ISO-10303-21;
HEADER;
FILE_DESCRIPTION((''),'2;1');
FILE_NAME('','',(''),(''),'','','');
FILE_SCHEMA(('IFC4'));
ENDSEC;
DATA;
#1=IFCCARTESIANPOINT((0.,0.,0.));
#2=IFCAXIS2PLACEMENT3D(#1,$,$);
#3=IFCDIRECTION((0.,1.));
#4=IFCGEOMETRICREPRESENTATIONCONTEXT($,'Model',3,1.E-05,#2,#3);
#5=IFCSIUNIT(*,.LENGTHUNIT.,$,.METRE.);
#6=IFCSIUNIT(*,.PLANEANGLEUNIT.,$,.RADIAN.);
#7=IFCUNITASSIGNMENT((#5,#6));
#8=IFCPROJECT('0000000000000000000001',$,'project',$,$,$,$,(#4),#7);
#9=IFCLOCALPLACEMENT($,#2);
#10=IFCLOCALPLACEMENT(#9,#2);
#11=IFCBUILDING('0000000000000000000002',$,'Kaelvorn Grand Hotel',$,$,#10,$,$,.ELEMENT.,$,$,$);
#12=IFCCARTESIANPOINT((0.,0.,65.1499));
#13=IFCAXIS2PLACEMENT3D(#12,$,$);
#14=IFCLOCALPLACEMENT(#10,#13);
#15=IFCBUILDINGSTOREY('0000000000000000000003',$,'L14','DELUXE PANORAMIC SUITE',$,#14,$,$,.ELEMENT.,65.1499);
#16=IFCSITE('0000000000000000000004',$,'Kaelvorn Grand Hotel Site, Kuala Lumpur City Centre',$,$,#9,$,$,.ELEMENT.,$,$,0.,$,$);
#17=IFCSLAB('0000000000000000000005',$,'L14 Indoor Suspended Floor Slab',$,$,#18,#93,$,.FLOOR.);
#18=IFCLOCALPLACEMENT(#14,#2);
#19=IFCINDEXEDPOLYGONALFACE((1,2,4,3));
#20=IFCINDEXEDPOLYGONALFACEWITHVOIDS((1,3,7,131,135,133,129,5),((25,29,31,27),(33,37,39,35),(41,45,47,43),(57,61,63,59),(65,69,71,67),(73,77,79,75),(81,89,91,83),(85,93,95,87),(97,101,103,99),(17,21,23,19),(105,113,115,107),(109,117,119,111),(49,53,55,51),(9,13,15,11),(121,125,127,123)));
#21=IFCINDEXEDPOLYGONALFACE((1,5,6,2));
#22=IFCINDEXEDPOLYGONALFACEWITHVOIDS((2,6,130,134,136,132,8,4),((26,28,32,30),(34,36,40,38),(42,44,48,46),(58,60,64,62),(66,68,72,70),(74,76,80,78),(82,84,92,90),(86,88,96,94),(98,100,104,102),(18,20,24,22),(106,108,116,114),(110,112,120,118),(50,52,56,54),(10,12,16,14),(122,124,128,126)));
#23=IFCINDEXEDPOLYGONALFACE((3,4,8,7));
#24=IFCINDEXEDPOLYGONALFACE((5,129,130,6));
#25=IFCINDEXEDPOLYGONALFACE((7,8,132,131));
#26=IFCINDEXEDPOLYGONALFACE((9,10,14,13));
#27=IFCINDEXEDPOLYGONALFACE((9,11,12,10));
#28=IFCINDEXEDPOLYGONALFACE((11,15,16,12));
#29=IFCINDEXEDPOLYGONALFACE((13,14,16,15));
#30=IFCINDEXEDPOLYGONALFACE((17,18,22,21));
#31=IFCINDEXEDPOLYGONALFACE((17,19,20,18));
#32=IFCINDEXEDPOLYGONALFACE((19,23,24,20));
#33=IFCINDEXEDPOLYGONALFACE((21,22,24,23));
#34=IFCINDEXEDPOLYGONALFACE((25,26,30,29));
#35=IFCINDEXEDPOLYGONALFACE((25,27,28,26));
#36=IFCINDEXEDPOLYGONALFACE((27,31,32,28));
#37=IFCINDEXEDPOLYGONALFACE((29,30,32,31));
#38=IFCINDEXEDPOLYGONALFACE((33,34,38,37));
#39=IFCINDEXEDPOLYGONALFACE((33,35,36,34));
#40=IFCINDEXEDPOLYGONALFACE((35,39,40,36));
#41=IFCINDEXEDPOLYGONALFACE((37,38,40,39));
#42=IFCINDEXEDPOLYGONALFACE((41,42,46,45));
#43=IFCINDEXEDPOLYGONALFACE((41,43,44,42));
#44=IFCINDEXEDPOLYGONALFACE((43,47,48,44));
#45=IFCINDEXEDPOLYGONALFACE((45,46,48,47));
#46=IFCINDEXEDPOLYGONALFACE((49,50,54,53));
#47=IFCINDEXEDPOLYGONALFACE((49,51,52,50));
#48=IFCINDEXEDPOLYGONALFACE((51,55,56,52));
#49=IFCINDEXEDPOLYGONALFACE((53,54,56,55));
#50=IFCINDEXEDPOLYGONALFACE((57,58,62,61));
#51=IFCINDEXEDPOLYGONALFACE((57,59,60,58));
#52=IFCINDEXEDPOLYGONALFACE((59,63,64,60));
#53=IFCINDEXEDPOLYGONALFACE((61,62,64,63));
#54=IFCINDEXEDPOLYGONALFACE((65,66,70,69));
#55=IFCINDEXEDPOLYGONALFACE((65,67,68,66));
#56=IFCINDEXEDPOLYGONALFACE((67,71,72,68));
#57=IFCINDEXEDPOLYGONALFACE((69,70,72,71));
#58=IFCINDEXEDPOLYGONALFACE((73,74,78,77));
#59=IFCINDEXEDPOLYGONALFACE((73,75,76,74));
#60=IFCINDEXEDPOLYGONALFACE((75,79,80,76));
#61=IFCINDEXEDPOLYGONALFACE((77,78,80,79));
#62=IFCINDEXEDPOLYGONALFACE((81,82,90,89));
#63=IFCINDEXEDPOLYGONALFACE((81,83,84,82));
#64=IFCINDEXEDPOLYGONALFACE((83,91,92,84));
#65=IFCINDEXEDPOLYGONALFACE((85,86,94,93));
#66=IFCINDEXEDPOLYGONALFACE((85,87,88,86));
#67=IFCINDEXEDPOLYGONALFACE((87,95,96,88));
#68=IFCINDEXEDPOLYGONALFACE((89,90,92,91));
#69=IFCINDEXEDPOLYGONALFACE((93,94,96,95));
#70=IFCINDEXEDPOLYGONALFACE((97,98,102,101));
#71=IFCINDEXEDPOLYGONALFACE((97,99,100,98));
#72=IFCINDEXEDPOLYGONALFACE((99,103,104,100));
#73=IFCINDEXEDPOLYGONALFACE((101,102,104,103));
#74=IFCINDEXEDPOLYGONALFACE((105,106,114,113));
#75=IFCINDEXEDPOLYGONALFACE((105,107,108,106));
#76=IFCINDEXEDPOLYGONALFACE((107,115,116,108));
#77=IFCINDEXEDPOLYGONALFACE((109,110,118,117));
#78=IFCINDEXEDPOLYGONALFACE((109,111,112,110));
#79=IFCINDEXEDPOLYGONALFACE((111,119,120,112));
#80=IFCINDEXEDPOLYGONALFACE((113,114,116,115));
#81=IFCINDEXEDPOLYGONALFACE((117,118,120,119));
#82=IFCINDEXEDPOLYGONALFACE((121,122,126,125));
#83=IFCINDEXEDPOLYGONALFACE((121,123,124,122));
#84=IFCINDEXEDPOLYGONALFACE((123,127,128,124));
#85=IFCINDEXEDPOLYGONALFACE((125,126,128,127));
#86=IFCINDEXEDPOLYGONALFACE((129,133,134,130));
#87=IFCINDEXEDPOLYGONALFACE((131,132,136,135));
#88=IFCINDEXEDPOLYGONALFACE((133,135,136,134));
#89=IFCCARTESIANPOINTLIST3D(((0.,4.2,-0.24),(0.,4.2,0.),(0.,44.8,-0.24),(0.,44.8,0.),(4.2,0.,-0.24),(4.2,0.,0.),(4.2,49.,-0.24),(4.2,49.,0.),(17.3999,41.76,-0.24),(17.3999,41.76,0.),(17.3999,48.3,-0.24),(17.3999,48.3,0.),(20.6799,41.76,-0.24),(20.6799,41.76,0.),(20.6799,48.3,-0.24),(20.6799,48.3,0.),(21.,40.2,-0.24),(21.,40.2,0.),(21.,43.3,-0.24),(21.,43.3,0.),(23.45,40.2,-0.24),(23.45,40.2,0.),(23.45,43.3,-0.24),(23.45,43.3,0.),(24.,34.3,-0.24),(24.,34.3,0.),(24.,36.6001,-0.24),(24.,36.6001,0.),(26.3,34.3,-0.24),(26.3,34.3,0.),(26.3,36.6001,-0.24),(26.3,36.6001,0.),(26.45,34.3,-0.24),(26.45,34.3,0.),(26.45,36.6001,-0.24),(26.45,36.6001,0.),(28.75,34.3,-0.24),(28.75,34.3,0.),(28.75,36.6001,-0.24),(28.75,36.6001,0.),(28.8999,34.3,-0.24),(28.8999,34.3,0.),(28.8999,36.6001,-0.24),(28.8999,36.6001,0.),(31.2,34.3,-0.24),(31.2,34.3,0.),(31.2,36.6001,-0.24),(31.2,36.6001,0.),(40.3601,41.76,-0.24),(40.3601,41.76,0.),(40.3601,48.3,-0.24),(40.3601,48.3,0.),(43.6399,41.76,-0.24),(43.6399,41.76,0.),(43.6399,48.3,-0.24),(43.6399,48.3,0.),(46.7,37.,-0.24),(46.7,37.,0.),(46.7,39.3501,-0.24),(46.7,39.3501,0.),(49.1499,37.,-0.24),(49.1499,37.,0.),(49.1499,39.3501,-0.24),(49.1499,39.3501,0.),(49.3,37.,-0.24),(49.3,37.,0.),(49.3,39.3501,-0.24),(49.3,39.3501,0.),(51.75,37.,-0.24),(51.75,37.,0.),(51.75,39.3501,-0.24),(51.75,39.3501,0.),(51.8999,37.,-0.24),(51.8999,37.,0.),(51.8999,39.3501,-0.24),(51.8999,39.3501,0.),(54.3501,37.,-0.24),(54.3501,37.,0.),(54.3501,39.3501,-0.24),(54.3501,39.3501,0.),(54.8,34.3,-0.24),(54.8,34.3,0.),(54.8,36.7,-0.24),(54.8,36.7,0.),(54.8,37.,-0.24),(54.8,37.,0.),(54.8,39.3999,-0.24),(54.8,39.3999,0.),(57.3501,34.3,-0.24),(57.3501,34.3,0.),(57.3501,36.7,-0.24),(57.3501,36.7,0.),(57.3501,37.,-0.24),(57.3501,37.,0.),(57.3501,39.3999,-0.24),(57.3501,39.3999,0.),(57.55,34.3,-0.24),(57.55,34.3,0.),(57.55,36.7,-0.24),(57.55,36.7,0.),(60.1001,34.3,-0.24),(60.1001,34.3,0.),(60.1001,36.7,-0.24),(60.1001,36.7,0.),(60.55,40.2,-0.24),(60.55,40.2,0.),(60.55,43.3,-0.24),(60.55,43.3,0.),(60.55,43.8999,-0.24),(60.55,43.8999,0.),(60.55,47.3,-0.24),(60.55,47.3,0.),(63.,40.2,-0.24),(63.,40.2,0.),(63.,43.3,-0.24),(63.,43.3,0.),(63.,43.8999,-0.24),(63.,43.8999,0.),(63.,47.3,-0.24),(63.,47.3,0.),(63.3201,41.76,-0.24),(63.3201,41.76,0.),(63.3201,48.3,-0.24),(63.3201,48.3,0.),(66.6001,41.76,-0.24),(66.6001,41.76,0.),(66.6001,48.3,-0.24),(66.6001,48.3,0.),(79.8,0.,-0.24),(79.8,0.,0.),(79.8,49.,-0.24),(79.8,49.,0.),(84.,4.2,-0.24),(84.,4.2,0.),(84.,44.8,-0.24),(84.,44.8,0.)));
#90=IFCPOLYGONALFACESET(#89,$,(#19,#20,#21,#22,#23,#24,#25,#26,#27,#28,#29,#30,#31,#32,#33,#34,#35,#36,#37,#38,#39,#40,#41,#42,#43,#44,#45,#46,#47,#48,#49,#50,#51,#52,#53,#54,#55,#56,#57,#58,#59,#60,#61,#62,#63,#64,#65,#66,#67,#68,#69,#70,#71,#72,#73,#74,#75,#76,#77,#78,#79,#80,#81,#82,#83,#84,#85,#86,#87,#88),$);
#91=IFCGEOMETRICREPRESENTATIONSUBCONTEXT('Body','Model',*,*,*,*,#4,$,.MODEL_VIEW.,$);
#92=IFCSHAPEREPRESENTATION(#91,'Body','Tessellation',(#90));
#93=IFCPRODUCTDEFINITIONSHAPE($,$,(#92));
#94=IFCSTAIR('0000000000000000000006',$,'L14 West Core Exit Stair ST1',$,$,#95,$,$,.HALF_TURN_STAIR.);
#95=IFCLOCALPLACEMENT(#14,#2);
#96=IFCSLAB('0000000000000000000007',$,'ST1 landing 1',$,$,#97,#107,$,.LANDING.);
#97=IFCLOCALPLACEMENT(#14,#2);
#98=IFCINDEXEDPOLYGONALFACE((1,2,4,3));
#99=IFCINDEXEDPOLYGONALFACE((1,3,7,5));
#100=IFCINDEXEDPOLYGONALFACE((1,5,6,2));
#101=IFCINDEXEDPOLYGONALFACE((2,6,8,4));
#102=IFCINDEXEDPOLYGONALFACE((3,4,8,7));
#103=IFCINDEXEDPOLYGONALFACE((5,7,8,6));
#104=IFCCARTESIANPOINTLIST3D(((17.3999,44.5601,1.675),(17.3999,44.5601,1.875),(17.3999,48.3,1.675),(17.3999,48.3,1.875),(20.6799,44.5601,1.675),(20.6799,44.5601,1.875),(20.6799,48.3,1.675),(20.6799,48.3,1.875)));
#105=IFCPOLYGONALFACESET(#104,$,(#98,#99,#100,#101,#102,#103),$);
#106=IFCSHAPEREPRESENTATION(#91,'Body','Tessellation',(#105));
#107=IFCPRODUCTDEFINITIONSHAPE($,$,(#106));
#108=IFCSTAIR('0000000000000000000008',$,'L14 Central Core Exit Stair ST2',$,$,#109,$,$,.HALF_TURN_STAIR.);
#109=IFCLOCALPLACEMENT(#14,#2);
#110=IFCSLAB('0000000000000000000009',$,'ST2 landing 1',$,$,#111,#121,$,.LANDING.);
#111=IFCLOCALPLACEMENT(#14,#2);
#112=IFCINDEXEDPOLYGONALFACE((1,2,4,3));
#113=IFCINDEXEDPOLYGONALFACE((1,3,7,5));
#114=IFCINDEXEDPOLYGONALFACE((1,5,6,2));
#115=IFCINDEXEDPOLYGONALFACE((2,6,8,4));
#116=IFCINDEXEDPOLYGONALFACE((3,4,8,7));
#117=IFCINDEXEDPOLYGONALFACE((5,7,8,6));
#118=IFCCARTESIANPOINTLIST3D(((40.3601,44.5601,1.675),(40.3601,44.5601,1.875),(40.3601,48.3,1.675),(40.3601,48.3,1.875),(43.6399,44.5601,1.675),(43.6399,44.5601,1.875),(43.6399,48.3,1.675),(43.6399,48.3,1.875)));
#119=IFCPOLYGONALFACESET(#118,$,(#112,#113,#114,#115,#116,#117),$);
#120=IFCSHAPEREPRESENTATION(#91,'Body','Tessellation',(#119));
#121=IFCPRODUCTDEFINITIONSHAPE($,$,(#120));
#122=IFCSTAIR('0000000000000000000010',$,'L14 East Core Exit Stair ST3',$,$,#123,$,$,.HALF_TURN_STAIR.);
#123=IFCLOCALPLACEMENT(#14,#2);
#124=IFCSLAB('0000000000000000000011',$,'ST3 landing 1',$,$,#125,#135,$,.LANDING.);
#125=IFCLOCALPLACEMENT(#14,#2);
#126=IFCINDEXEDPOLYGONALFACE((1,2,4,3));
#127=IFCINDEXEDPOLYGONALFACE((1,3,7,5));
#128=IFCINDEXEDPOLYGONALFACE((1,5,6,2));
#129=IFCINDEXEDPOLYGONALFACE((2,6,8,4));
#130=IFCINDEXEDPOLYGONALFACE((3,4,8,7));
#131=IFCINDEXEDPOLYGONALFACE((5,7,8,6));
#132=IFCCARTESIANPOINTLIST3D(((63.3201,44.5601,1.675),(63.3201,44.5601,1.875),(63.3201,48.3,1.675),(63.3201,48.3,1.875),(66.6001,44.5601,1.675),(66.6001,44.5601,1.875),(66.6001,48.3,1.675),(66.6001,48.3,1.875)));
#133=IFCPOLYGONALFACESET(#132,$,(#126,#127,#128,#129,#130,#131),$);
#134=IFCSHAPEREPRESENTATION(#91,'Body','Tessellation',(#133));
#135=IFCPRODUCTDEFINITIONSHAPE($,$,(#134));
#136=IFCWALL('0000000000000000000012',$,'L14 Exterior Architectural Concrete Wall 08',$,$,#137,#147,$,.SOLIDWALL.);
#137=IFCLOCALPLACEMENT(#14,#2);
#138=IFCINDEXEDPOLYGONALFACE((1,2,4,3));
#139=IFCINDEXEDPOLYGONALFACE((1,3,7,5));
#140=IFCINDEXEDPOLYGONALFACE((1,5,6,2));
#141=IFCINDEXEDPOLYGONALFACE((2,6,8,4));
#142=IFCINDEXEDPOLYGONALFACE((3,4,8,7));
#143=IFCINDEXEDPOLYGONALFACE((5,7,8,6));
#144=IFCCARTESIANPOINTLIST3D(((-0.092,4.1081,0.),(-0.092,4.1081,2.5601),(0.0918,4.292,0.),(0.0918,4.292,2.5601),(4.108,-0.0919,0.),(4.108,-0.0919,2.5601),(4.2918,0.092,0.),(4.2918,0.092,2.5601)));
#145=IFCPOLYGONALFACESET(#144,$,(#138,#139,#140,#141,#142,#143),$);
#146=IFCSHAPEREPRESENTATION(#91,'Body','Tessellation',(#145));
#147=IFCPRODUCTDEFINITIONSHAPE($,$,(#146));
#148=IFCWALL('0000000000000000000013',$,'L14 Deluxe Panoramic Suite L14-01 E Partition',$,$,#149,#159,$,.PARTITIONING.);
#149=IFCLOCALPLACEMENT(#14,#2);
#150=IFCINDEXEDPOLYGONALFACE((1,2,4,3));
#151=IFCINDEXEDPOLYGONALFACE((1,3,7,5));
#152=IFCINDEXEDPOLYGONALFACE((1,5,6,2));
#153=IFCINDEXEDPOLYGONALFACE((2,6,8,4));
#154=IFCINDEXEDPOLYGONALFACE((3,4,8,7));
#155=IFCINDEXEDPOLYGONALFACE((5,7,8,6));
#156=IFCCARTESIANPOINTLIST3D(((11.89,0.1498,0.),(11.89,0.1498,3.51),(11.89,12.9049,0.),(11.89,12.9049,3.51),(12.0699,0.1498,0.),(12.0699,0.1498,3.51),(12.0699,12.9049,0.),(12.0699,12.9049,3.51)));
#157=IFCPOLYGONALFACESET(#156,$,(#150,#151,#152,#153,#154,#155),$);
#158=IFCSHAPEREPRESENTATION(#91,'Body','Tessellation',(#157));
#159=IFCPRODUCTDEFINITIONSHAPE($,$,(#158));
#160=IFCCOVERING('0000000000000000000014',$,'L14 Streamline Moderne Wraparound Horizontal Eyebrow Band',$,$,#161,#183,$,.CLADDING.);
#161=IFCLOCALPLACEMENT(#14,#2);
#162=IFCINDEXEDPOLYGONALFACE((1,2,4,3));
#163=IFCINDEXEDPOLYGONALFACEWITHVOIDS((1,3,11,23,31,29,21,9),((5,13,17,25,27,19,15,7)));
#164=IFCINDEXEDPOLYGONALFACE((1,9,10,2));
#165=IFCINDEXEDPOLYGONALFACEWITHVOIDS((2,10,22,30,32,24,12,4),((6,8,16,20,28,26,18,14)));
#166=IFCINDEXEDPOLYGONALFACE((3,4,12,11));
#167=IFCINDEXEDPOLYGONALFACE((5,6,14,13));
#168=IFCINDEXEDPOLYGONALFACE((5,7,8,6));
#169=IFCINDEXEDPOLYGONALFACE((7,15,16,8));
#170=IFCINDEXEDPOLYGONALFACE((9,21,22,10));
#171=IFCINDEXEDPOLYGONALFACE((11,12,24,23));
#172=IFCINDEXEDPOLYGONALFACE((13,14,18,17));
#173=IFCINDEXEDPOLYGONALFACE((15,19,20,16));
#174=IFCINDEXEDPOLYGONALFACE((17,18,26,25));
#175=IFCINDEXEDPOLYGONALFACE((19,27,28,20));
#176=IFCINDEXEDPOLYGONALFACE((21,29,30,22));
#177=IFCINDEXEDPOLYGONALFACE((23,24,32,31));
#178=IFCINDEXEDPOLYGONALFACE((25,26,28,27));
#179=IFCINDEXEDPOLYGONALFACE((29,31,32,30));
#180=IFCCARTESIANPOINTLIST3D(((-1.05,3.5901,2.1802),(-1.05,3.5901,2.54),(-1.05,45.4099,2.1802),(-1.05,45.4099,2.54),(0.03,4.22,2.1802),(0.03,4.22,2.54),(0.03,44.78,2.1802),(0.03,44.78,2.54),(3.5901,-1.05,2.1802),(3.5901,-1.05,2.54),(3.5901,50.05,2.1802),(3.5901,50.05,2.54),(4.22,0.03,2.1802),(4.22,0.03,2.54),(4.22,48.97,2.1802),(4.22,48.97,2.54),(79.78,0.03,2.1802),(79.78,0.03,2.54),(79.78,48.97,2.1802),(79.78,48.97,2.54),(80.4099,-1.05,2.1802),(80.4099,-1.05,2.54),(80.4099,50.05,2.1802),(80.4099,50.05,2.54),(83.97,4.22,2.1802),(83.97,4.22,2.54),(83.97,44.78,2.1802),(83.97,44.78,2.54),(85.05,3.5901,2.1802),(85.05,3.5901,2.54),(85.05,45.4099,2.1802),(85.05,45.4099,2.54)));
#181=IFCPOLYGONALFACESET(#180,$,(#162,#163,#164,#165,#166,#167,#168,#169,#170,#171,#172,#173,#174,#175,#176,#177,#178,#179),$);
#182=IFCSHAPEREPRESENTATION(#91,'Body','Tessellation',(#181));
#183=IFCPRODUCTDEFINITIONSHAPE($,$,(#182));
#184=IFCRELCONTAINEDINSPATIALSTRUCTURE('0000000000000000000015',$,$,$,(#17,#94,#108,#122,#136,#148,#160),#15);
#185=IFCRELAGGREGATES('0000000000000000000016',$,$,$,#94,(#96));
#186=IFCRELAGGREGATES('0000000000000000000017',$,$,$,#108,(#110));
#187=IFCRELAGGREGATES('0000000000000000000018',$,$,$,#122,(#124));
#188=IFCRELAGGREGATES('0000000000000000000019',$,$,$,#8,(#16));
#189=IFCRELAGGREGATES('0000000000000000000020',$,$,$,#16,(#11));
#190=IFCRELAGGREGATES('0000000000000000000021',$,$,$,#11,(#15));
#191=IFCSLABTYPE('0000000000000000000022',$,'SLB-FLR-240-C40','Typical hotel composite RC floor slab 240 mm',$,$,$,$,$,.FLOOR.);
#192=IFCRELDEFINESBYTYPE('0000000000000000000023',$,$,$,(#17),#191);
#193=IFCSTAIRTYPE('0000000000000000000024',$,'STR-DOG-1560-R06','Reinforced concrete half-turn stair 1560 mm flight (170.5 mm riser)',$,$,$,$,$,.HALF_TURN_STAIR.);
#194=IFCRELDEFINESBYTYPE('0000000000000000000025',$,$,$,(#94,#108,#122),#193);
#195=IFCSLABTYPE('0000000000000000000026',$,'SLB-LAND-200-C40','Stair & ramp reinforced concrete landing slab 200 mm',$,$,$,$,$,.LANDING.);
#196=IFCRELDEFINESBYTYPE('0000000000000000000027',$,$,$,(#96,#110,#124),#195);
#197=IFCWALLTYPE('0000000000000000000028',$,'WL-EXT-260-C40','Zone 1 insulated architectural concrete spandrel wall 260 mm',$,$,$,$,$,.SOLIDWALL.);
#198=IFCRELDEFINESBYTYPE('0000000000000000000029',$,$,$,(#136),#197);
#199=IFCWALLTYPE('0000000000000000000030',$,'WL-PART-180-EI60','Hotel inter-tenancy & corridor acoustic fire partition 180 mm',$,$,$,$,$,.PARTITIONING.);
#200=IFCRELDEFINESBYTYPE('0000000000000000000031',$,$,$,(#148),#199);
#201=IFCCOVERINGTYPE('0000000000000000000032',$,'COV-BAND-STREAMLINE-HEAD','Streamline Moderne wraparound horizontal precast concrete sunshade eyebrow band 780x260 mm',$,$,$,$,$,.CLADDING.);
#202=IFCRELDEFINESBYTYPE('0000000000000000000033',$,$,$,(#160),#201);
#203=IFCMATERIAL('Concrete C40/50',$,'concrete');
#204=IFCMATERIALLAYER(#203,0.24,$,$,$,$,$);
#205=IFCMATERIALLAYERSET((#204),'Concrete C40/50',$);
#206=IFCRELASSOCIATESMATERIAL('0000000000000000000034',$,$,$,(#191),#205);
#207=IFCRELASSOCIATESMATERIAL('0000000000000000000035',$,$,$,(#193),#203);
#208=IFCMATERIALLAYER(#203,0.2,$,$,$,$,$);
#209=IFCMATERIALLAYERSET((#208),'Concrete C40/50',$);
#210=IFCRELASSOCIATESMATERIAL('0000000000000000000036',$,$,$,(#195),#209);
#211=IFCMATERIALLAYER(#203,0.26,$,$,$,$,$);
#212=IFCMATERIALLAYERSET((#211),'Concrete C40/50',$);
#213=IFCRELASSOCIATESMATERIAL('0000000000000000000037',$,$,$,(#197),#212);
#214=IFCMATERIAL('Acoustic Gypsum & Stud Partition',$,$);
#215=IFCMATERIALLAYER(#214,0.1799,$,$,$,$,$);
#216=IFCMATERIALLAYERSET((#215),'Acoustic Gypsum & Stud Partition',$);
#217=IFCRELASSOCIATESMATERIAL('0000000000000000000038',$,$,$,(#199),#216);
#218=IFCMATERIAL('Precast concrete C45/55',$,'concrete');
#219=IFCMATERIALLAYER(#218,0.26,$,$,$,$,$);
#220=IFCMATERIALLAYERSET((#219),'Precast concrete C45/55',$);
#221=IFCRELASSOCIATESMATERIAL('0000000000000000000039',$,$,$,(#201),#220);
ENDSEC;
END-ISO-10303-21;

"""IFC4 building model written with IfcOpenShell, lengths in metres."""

from ifc_helpers import new_model, si_unit, direction, frame, frame_2d, origin, place, context, subcontext, project, spatial, polyline, rectangle, outline, extrude, material, layer, layer_set, type_object, element, aggregate, save


model = new_model("IFC4")

# Units and contexts
model_context = context("Model", 3, precision=1e-05, world=origin(), true_north=direction((0.0, 1.0)))
body_context = subcontext(model_context, "Body", "Model", "MODEL_VIEW")
ifc_project = project(units=[si_unit("LENGTHUNIT", "METRE"), si_unit("PLANEANGLEUNIT", "RADIAN")], contexts=[model_context])

# Site, building, storey
site_placement = place(None, origin())
site = spatial("IfcSite", under=ifc_project, at=site_placement, Name="Kaelvorn Grand Hotel Site, Kuala Lumpur City Centre", CompositionType="ELEMENT", RefElevation=0.0)
building_placement = place(site_placement, origin())
building = spatial("IfcBuilding", under=site, at=building_placement, Name="Kaelvorn Grand Hotel", CompositionType="ELEMENT")
storey_placement = place(building_placement, frame((0.0, 0.0, 65.1499)))
storey = spatial("IfcBuildingStorey", under=building, at=storey_placement, Name="L14", Description="DELUXE PANORAMIC SUITE", CompositionType="ELEMENT", Elevation=65.1499)

# Shared definitions
ifc_material_1 = material(Name="Precast concrete C45/55", Category="concrete")

# Slab
ifc_material_2 = material(Name="Concrete C40/50", Category="concrete")
ifc_layer_1 = layer(ifc_material_2, 0.24)
ifc_layer_set_1 = layer_set([ifc_layer_1], Name="Concrete C40/50")
slab_type_1 = type_object("IfcSlabType", Name="SLB-FLR-240-C40", Description="Typical hotel composite RC floor slab 240 mm", PredefinedType="FLOOR", material=ifc_layer_set_1)
slab_1_placement = place(storey_placement, frame((0.0, 0.0, -0.24)))
element("IfcSlab", 1, at=slab_1_placement, inside=storey, type_object=slab_type_1, Name="L14 Indoor Suspended Floor Slab", PredefinedType="FLOOR", context=body_context, shape_type="SweptSolid", body=[
    extrude(outline(polyline([(4.2, 0.0), (79.8, 0.0), (84.0, 4.2), (84.0, 44.8), (79.8, 49.0), (4.2, 49.0), (0.0, 44.8), (0.0, 4.2), (4.2, 0.0)]), holes=[polyline([(17.3999, 41.76), (17.3999, 48.3), (20.6799, 48.3), (20.6799, 41.76), (17.3999, 41.76)]), polyline([(40.3601, 41.76), (40.3601, 48.3), (43.6399, 48.3), (43.6399, 41.76), (40.3601, 41.76)]), polyline([(63.3201, 41.76), (63.3201, 48.3), (66.6001, 48.3), (66.6001, 41.76), (63.3201, 41.76)]), polyline([(24.0, 34.3), (24.0, 36.6001), (26.3, 36.6001), (26.3, 34.3), (24.0, 34.3)]), polyline([(26.45, 34.3), (26.45, 36.6001), (28.75, 36.6001), (28.75, 34.3), (26.45, 34.3)]), polyline([(28.8999, 34.3), (28.8999, 36.6001), (31.2, 36.6001), (31.2, 34.3), (28.8999, 34.3)]), polyline([(46.7, 37.0), (46.7, 39.3501), (49.1499, 39.3501), (49.1499, 37.0), (46.7, 37.0)]), polyline([(49.3, 37.0), (49.3, 39.3501), (51.75, 39.3501), (51.75, 37.0), (49.3, 37.0)]), polyline([(51.8999, 37.0), (51.8999, 39.3501), (54.3501, 39.3501), (54.3501, 37.0), (51.8999, 37.0)]), polyline([(54.8, 34.3), (54.8, 36.7), (57.3501, 36.7), (57.3501, 34.3), (54.8, 34.3)]), polyline([(57.55, 34.3), (57.55, 36.7), (60.1001, 36.7), (60.1001, 34.3), (57.55, 34.3)]), polyline([(54.8, 37.0), (54.8, 39.3999), (57.3501, 39.3999), (57.3501, 37.0), (54.8, 37.0)]), polyline([(21.0, 40.2), (21.0, 43.3), (23.45, 43.3), (23.45, 40.2), (21.0, 40.2)]), polyline([(60.55, 40.2), (60.55, 43.3), (63.0, 43.3), (63.0, 40.2), (60.55, 40.2)]), polyline([(60.55, 43.8999), (60.55, 47.3), (63.0, 47.3), (63.0, 43.8999), (60.55, 43.8999)])]), origin(), (0.0, 0.0, 1.0), 0.24),
])

# Stairs, slabs
stair_type = type_object("IfcStairType", Name="STR-DOG-1560-R06", Description="Reinforced concrete half-turn stair 1560 mm flight (170.5 mm riser)", PredefinedType="HALF_TURN_STAIR", material=ifc_material_2)
stair_1_placement = place(storey_placement, origin())
stair_1 = element("IfcStair", 2, at=stair_1_placement, inside=storey, type_object=stair_type, Name="L14 West Core Exit Stair ST1", PredefinedType="HALF_TURN_STAIR")
ifc_layer_2 = layer(ifc_material_2, 0.2)
ifc_layer_set_2 = layer_set([ifc_layer_2], Name="Concrete C40/50")
slab_type_2 = type_object("IfcSlabType", Name="SLB-LAND-200-C40", Description="Stair & ramp reinforced concrete landing slab 200 mm", PredefinedType="LANDING", material=ifc_layer_set_2)
slab_2_placement = place(storey_placement, frame((0.0, 0.0, 1.675)))
slab_2 = element("IfcSlab", 3, at=slab_2_placement, type_object=slab_type_2, Name="ST1 landing 1", PredefinedType="LANDING", context=body_context, shape_type="SweptSolid", body=[
    extrude(outline(polyline([(20.6799, 44.5601), (20.6799, 48.3), (17.3999, 48.3), (17.3999, 44.5601), (20.6799, 44.5601)])), origin(), (0.0, 0.0, 1.0), 0.2),
])
aggregate(stair_1, [slab_2])
stair_2_placement = place(storey_placement, origin())
stair_2 = element("IfcStair", 4, at=stair_2_placement, inside=storey, type_object=stair_type, Name="L14 Central Core Exit Stair ST2", PredefinedType="HALF_TURN_STAIR")
slab_3_placement = place(storey_placement, frame((0.0, 0.0, 1.675)))
slab_3 = element("IfcSlab", 5, at=slab_3_placement, type_object=slab_type_2, Name="ST2 landing 1", PredefinedType="LANDING", context=body_context, shape_type="SweptSolid", body=[
    extrude(outline(polyline([(43.6399, 44.5601), (43.6399, 48.3), (40.3601, 48.3), (40.3601, 44.5601), (43.6399, 44.5601)])), origin(), (0.0, 0.0, 1.0), 0.2),
])
aggregate(stair_2, [slab_3])
stair_3_placement = place(storey_placement, origin())
stair_3 = element("IfcStair", 6, at=stair_3_placement, inside=storey, type_object=stair_type, Name="L14 East Core Exit Stair ST3", PredefinedType="HALF_TURN_STAIR")
slab_4_placement = place(storey_placement, frame((0.0, 0.0, 1.675)))
slab_4 = element("IfcSlab", 7, at=slab_4_placement, type_object=slab_type_2, Name="ST3 landing 1", PredefinedType="LANDING", context=body_context, shape_type="SweptSolid", body=[
    extrude(outline(polyline([(66.6001, 44.5601), (66.6001, 48.3), (63.3201, 48.3), (63.3201, 44.5601), (66.6001, 44.5601)])), origin(), (0.0, 0.0, 1.0), 0.2),
])
aggregate(stair_3, [slab_4])

# Walls
ifc_layer_3 = layer(ifc_material_2, 0.26)
ifc_layer_set_3 = layer_set([ifc_layer_3], Name="Concrete C40/50")
wall_type_1 = type_object("IfcWallType", Name="WL-EXT-260-C40", Description="Zone 1 insulated architectural concrete spandrel wall 260 mm", PredefinedType="SOLIDWALL", material=ifc_layer_set_3)
wall_1_placement = place(storey_placement, frame((0.0, 4.2, 0.0), z_axis=(0.0, 0.0, 1.0), x_axis=(0.707107, -0.707107, 0.0)))
element("IfcWall", 8, at=wall_1_placement, inside=storey, type_object=wall_type_1, Name="L14 Exterior Architectural Concrete Wall 08", PredefinedType="SOLIDWALL", context=body_context, shape_type="SweptSolid", body=[
    extrude(rectangle(XDim=5.9397, YDim=0.26, at=frame_2d((2.9697, 0.0))), origin(), (0.0, 0.0, 1.0), 2.5601),
])
ifc_material_3 = material(Name="Acoustic Gypsum & Stud Partition")
ifc_layer_4 = layer(ifc_material_3, 0.1799)
ifc_layer_set_4 = layer_set([ifc_layer_4], Name="Acoustic Gypsum & Stud Partition")
wall_type_2 = type_object("IfcWallType", Name="WL-PART-180-EI60", Description="Hotel inter-tenancy & corridor acoustic fire partition 180 mm", PredefinedType="PARTITIONING", material=ifc_layer_set_4)
wall_2_placement = place(storey_placement, frame((11.98, 0.1499, 0.0), z_axis=(0.0, 0.0, 1.0), x_axis=(0.0, 1.0, 0.0)))
element("IfcWall", 9, at=wall_2_placement, inside=storey, type_object=wall_type_2, Name="L14 Deluxe Panoramic Suite L14-01 E Partition", PredefinedType="PARTITIONING", context=body_context, shape_type="SweptSolid", body=[
    extrude(rectangle(XDim=12.7551, YDim=0.1799, at=frame_2d((6.3774, 0.0))), origin(), (0.0, 0.0, 1.0), 3.51),
])

# Covering
ifc_layer_5 = layer(ifc_material_1, 0.26)
ifc_layer_set_5 = layer_set([ifc_layer_5], Name="Precast concrete C45/55")
covering_type_1 = type_object("IfcCoveringType", Name="COV-BAND-STREAMLINE-HEAD", Description="Streamline Moderne wraparound horizontal precast concrete sunshade eyebrow band 780x260 mm", PredefinedType="CLADDING", material=ifc_layer_set_5)
covering_1_placement = place(storey_placement, frame((0.0, 0.0, 2.1802)))
element("IfcCovering", 10, at=covering_1_placement, inside=storey, type_object=covering_type_1, Name="L14 Streamline Moderne Wraparound Horizontal Eyebrow Band", PredefinedType="CLADDING", context=body_context, shape_type="SweptSolid", body=[
    extrude(outline(polyline([(3.5901, -1.05), (80.4099, -1.05), (85.05, 3.5901), (85.05, 45.4099), (80.4099, 50.05), (3.5901, 50.05), (-1.05, 45.4099), (-1.05, 3.5901), (3.5901, -1.05)]), holes=[polyline([(4.22, 0.03), (79.78, 0.03), (83.97, 4.22), (83.97, 44.78), (79.78, 48.97), (4.22, 48.97), (0.03, 44.78), (0.03, 4.22), (4.22, 0.03)])]), origin(), (0.0, 0.0, 1.0), 0.3599),
])

save(model, "model.ifc")
